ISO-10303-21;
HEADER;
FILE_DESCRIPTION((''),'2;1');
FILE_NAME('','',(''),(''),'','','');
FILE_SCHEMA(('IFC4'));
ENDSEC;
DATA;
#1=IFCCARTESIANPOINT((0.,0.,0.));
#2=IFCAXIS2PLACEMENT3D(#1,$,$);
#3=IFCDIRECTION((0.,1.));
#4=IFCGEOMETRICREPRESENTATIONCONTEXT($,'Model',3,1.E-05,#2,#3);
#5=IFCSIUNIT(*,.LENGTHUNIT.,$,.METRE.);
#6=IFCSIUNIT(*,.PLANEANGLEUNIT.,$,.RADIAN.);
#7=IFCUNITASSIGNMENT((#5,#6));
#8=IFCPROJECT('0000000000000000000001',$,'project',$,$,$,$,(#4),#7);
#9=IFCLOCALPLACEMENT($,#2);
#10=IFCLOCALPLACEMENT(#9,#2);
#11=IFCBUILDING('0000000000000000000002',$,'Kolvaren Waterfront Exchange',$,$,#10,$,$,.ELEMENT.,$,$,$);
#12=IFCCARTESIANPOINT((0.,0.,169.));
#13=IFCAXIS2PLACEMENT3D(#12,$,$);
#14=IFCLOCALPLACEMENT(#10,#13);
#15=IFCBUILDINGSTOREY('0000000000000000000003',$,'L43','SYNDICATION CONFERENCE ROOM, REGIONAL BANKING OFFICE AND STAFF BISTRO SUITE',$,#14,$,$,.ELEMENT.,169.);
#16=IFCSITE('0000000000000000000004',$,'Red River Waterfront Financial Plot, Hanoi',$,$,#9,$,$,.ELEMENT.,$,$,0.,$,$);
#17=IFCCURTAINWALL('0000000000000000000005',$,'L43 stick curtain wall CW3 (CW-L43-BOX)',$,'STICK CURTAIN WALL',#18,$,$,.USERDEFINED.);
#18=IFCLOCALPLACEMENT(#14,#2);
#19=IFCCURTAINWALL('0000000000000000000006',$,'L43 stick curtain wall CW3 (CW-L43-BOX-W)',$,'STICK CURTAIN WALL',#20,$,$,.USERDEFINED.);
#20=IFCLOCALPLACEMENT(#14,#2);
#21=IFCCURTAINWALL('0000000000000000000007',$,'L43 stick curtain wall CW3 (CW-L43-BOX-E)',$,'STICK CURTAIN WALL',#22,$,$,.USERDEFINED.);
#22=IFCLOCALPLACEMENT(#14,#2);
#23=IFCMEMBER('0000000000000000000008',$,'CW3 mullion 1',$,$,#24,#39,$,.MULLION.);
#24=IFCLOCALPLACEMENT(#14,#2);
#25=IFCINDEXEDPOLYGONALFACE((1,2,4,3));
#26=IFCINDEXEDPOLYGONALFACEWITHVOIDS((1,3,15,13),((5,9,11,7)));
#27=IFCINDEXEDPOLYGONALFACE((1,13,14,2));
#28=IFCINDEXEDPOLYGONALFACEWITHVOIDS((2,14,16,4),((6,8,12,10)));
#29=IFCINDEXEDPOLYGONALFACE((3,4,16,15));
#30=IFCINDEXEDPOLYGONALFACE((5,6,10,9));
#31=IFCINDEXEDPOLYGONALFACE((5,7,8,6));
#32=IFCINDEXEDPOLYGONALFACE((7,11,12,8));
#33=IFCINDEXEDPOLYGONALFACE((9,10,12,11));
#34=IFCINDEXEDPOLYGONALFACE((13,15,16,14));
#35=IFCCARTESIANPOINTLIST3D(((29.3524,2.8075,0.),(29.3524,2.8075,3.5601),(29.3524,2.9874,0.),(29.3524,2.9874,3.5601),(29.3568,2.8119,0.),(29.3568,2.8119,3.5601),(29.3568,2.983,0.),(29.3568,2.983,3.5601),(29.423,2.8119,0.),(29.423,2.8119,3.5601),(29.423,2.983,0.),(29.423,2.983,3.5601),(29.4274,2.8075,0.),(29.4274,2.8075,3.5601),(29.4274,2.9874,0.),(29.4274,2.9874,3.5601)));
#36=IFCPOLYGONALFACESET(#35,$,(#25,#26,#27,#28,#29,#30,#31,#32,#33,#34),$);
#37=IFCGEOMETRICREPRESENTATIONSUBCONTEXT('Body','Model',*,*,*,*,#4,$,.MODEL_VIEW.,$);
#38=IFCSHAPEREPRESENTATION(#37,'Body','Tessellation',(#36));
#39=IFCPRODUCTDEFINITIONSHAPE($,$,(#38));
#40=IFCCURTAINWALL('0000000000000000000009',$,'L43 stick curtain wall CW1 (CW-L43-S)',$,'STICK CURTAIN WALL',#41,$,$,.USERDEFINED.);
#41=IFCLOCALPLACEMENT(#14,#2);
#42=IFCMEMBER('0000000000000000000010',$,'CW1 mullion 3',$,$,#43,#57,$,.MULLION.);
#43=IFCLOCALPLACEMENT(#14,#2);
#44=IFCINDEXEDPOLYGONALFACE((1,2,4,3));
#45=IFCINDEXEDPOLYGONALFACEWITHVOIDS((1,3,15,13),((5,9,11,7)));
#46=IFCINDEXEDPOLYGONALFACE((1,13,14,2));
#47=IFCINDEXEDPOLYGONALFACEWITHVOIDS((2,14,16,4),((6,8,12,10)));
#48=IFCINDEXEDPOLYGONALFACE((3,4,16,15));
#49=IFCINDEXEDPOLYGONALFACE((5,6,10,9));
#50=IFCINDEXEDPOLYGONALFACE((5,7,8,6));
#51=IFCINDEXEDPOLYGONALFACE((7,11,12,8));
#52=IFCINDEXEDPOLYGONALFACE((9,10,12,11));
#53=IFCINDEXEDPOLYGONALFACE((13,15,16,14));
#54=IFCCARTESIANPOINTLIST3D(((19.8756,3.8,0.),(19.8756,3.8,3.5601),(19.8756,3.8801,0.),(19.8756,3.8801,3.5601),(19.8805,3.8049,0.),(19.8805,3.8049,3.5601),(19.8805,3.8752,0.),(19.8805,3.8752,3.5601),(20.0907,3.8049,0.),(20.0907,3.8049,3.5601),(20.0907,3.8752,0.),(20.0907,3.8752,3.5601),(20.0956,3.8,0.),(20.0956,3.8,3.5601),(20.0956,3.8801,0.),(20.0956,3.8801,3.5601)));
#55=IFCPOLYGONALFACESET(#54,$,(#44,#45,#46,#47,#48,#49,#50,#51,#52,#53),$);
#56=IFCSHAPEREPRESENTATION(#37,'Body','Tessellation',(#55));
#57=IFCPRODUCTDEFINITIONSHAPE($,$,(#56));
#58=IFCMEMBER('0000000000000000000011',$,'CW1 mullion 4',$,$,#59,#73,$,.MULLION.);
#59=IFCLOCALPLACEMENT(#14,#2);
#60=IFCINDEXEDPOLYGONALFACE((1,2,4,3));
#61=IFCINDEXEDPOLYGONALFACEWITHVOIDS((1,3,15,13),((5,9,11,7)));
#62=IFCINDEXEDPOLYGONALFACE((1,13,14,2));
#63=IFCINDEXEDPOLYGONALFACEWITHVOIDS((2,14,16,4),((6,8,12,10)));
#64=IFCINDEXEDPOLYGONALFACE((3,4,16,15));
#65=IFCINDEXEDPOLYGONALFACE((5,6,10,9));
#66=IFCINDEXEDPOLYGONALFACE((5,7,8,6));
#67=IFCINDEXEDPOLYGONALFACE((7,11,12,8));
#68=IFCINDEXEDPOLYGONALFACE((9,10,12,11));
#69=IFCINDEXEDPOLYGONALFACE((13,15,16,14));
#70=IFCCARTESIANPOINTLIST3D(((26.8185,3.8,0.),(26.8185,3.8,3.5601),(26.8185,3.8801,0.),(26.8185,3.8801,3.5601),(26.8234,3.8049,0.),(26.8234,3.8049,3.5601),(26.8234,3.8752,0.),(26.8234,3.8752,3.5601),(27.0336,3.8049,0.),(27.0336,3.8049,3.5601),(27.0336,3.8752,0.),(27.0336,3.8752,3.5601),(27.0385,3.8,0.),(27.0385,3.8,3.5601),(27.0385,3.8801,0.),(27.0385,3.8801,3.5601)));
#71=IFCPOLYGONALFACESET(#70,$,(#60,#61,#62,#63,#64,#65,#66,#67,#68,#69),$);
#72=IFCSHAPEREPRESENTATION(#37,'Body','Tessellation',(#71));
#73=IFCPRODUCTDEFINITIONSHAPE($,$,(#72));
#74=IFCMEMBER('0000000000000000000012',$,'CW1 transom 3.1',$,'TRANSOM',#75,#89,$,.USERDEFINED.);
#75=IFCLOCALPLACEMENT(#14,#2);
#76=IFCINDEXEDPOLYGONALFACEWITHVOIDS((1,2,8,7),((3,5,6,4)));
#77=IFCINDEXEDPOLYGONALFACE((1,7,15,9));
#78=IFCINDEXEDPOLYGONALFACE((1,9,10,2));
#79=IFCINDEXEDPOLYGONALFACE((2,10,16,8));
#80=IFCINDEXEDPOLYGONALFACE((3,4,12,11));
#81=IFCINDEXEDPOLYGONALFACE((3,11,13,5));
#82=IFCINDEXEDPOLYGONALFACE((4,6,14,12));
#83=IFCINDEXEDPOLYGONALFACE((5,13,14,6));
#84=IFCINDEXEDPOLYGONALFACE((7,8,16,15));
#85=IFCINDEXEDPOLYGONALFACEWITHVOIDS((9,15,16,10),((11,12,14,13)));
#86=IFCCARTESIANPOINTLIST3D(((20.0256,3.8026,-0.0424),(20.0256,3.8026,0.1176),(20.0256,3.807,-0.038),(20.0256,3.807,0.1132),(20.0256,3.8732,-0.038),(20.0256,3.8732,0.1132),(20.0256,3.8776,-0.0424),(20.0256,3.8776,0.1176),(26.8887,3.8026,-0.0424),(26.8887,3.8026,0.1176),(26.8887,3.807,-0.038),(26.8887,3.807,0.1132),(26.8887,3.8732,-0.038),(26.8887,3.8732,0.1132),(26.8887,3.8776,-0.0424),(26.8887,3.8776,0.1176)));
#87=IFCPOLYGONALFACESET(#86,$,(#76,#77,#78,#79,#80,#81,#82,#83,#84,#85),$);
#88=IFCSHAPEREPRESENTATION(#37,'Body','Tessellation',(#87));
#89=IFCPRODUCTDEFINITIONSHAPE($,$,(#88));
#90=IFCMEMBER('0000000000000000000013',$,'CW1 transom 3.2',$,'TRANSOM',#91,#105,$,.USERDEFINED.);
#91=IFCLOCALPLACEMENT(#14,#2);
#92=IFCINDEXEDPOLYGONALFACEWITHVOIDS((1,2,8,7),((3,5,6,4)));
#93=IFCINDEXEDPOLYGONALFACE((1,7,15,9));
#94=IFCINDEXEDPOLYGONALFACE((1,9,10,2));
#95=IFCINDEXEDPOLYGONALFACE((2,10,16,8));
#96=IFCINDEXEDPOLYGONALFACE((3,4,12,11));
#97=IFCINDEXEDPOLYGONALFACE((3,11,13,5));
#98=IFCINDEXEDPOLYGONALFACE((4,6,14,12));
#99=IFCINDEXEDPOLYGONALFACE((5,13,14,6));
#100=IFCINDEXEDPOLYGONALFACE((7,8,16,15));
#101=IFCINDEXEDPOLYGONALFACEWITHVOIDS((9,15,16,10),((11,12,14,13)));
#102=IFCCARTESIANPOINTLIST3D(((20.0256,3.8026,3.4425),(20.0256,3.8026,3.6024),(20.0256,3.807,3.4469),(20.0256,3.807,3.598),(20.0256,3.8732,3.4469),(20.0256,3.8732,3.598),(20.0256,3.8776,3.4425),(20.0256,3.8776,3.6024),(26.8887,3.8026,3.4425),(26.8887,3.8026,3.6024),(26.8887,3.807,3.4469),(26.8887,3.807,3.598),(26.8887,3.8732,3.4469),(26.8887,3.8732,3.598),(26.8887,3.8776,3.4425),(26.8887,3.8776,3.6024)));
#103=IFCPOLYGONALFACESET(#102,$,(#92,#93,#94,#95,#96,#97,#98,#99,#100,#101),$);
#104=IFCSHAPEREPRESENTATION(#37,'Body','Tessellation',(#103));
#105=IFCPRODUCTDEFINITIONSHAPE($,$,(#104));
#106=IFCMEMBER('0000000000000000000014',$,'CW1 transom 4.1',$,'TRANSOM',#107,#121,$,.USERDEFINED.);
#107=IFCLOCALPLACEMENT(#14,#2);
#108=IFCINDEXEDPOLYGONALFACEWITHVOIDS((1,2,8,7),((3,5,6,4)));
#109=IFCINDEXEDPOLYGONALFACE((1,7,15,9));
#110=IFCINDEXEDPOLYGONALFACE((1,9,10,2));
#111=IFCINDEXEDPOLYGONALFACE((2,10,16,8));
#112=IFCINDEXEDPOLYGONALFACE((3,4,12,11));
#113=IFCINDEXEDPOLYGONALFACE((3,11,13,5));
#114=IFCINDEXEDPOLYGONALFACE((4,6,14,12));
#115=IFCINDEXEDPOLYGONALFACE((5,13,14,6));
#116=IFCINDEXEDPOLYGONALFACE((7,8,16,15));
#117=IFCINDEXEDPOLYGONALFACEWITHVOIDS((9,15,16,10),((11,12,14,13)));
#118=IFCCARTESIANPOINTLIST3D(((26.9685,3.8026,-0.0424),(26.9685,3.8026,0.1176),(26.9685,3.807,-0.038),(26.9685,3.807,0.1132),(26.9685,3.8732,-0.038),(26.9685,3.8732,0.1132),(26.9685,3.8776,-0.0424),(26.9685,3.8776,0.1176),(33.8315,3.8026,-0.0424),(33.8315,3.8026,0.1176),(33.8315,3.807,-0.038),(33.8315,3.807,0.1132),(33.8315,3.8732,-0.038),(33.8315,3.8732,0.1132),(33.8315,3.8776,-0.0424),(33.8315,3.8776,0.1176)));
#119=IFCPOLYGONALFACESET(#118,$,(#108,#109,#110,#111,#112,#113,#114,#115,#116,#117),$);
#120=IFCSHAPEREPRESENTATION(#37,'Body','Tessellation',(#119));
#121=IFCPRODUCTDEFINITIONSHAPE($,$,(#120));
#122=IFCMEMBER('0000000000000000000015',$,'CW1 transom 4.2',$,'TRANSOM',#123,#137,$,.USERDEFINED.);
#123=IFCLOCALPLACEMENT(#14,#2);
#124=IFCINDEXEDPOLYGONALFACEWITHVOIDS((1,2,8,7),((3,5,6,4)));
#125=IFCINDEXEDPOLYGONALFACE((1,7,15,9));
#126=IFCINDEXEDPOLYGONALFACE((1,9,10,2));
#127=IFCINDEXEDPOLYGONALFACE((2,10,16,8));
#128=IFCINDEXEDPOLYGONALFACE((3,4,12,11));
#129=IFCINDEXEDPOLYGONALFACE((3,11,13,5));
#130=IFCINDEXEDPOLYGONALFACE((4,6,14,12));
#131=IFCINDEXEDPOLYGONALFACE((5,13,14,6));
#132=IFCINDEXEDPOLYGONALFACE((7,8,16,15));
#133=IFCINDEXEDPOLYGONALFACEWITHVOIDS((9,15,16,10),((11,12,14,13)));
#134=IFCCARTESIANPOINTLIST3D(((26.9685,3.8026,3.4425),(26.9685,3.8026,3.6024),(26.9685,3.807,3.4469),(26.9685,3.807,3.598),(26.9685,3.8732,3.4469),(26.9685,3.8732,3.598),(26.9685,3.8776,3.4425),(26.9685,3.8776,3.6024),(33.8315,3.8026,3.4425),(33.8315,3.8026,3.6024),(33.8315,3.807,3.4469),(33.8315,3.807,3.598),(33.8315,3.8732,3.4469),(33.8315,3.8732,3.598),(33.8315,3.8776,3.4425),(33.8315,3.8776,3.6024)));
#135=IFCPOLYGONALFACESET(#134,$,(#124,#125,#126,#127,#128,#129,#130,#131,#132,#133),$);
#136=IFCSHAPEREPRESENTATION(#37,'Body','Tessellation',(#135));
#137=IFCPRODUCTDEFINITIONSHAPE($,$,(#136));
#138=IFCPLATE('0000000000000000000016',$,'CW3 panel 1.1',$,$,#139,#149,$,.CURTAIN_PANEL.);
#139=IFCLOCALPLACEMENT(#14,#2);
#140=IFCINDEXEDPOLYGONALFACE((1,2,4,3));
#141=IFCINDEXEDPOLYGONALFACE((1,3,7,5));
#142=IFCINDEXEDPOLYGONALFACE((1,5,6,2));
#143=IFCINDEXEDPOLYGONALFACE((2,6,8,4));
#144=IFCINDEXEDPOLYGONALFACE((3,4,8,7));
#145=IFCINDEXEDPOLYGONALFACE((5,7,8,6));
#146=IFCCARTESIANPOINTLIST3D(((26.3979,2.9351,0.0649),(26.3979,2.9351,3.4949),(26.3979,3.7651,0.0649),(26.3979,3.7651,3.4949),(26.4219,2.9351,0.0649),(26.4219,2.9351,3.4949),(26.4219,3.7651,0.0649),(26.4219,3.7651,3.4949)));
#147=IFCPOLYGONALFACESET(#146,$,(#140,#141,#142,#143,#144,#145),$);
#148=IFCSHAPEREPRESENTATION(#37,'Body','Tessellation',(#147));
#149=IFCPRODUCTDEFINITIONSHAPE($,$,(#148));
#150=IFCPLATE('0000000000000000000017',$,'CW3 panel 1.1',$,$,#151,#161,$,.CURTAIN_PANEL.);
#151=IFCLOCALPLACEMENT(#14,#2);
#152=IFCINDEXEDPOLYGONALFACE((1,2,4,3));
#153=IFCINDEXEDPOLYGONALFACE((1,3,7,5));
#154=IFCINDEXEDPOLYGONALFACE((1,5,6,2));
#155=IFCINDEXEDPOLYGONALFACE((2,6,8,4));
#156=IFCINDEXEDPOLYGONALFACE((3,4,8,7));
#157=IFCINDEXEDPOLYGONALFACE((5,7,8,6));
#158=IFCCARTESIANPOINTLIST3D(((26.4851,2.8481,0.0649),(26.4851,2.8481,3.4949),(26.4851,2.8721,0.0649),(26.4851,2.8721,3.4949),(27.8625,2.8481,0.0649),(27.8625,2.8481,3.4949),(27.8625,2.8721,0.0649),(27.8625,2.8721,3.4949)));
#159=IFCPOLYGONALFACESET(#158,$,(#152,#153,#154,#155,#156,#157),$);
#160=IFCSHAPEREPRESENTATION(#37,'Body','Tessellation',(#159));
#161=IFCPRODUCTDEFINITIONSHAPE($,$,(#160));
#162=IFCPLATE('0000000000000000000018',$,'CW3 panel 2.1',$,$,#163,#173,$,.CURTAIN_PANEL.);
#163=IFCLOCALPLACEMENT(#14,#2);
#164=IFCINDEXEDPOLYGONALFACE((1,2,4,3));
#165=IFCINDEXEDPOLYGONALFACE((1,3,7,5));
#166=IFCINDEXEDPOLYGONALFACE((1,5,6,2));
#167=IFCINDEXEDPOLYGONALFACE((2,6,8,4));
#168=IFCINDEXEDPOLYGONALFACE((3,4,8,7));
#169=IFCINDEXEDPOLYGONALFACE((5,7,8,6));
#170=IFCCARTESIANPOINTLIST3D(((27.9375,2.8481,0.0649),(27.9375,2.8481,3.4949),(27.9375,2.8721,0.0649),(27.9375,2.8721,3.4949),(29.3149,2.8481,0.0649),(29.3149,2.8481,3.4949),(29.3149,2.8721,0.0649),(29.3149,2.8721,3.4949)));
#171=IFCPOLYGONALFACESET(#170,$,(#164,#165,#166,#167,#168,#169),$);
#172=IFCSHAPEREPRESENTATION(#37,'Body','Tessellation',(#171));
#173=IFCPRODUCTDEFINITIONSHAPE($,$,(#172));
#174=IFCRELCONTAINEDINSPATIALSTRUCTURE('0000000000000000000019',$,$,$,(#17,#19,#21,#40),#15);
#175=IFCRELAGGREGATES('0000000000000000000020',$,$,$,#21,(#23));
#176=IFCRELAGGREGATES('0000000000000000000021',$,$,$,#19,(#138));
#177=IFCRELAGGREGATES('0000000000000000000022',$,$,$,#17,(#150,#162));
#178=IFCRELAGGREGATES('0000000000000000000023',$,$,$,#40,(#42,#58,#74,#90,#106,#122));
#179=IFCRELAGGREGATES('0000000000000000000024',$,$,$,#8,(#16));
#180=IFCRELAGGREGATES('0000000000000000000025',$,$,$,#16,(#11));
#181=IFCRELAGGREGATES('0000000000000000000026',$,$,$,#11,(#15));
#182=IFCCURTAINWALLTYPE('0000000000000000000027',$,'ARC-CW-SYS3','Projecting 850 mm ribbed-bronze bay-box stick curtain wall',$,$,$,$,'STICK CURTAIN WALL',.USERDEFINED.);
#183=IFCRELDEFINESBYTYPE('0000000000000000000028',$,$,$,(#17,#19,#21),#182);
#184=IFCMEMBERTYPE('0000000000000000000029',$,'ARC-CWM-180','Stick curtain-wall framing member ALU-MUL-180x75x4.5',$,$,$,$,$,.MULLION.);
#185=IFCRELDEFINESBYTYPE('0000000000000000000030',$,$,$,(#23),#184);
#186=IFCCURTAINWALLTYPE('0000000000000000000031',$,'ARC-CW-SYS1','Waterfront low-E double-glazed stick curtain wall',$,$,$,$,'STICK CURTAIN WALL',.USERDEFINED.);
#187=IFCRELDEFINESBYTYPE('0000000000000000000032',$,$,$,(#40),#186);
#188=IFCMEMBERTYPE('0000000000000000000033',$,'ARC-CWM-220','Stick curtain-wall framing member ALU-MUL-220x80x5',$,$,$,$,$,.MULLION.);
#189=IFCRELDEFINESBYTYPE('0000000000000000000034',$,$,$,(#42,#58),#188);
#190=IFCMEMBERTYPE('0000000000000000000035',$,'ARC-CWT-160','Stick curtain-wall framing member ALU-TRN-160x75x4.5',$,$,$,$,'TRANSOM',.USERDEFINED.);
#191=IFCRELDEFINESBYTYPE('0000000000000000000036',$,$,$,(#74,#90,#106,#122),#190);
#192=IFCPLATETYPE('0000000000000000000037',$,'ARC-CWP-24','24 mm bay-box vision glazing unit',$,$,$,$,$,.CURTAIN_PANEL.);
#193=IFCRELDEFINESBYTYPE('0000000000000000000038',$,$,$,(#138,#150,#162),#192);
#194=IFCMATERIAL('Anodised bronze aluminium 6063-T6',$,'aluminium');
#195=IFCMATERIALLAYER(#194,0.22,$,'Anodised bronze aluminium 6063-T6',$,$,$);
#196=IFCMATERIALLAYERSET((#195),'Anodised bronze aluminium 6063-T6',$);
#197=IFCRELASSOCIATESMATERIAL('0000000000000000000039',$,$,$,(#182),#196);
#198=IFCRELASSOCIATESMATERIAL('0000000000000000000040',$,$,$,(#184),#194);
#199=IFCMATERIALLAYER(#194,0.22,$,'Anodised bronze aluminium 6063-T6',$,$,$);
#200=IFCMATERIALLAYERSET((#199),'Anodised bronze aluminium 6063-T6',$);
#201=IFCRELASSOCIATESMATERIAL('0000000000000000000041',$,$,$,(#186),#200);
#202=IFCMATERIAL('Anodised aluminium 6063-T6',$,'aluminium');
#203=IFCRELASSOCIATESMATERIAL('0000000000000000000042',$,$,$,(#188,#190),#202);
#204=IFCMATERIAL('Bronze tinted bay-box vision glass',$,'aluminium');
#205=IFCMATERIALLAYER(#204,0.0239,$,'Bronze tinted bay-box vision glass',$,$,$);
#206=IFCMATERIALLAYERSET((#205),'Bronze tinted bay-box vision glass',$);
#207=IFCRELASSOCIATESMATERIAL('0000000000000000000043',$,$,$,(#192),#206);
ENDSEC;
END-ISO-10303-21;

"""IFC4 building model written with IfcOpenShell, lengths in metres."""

from ifc_helpers import new_model, si_unit, direction, frame, origin, origin_with_axes, origin_2d, place, context, subcontext, project, spatial, rectangle, hollow_rectangle, extrude, source, transform, mapped, material, layer, layer_set, material_profile, profile_set, type_object, element, aggregate, save


model = new_model("IFC4")

# Units and contexts
model_context = context("Model", 3, precision=1e-05, world=origin(), true_north=direction((0.0, 1.0)))
body_context = subcontext(model_context, "Body", "Model", "MODEL_VIEW")
ifc_project = project(units=[si_unit("LENGTHUNIT", "METRE"), si_unit("PLANEANGLEUNIT", "RADIAN")], contexts=[model_context])

# Site, building, storey
site_placement = place(None, origin())
site = spatial("IfcSite", under=ifc_project, at=site_placement, Name="Red River Waterfront Financial Plot, Hanoi", CompositionType="ELEMENT", RefElevation=0.0)
building_placement = place(site_placement, origin())
building = spatial("IfcBuilding", under=site, at=building_placement, Name="Kolvaren Waterfront Exchange", CompositionType="ELEMENT")
storey_placement = place(building_placement, frame((0.0, 0.0, 169.0)))
storey = spatial("IfcBuildingStorey", under=building, at=storey_placement, Name="L43", Description="SYNDICATION CONFERENCE ROOM, REGIONAL BANKING OFFICE AND STAFF BISTRO SUITE", CompositionType="ELEMENT", Elevation=169.0)

# Curtain walls
ifc_material_1 = material(Name="Anodised bronze aluminium 6063-T6", Category="aluminium")
ifc_layer_1 = layer(ifc_material_1, 0.22, Name="Anodised bronze aluminium 6063-T6")
ifc_layer_set_1 = layer_set([ifc_layer_1], Name="Anodised bronze aluminium 6063-T6")
curtain_wall_type_1 = type_object("IfcCurtainWallType", Name="ARC-CW-SYS3", Description="Projecting 850 mm ribbed-bronze bay-box stick curtain wall", ElementType="STICK CURTAIN WALL", PredefinedType="USERDEFINED", material=ifc_layer_set_1)
curtain_wall_1_placement = place(storey_placement, origin())
curtain_wall_1 = element("IfcCurtainWall", 1, at=curtain_wall_1_placement, inside=storey, type_object=curtain_wall_type_1, Name="L43 stick curtain wall CW3 (CW-L43-BOX)", ObjectType="STICK CURTAIN WALL", PredefinedType="USERDEFINED")
curtain_wall_2_placement = place(storey_placement, origin())
curtain_wall_2 = element("IfcCurtainWall", 2, at=curtain_wall_2_placement, inside=storey, type_object=curtain_wall_type_1, Name="L43 stick curtain wall CW3 (CW-L43-BOX-W)", ObjectType="STICK CURTAIN WALL", PredefinedType="USERDEFINED")

# Curtain wall
curtain_wall_3_placement = place(storey_placement, origin())
curtain_wall_3 = element("IfcCurtainWall", 3, at=curtain_wall_3_placement, inside=storey, type_object=curtain_wall_type_1, Name="L43 stick curtain wall CW3 (CW-L43-BOX-E)", ObjectType="STICK CURTAIN WALL", PredefinedType="USERDEFINED")

# Member
ifc_material_profile_1 = material_profile(ifc_material_1, hollow_rectangle(XDim=0.075, YDim=0.1799, WallThickness=0.0044, at=origin_2d()), Name="ALU-MUL-180x75x4.5")
ifc_profile_set_1 = profile_set([ifc_material_profile_1], Name="Anodised bronze aluminium 6063-T6")
member_type_1 = type_object("IfcMemberType", Name="ARC-CWM-180", Description="Stick curtain-wall framing member ALU-MUL-180x75x4.5", PredefinedType="MULLION", material=ifc_profile_set_1)
shared_shape_1 = source(origin_with_axes(), body_context, "Body", "SweptSolid", [
    extrude(hollow_rectangle(XDim=0.075, YDim=0.1799, WallThickness=0.0044, at=origin_2d()), origin(), (0.0, 0.0, 1.0), 3.5601),
])
member_1_placement = place(storey_placement, frame((29.3899, 2.8975, 0.0), z_axis=(0.0, 0.0, 1.0), x_axis=(-1.0, 0.0, 0.0)))
member_1 = element("IfcMember", 4, at=member_1_placement, type_object=member_type_1, Name="CW3 mullion 1", PredefinedType="MULLION", context=body_context, shape_type="MappedRepresentation", body=[
    mapped(shared_shape_1, transform((0.0, 0.0, 0.0), x_axis=(1.0, 0.0, 0.0), y_axis=(0.0, 1.0, 0.0), z_axis=(0.0, 0.0, 1.0), scale=1.0)),
])
aggregate(curtain_wall_3, [member_1])

# Curtain wall, members
ifc_layer_2 = layer(ifc_material_1, 0.22, Name="Anodised bronze aluminium 6063-T6")
ifc_layer_set_2 = layer_set([ifc_layer_2], Name="Anodised bronze aluminium 6063-T6")
curtain_wall_type_2 = type_object("IfcCurtainWallType", Name="ARC-CW-SYS1", Description="Waterfront low-E double-glazed stick curtain wall", ElementType="STICK CURTAIN WALL", PredefinedType="USERDEFINED", material=ifc_layer_set_2)
curtain_wall_4_placement = place(storey_placement, origin())
curtain_wall_4 = element("IfcCurtainWall", 5, at=curtain_wall_4_placement, inside=storey, type_object=curtain_wall_type_2, Name="L43 stick curtain wall CW1 (CW-L43-S)", ObjectType="STICK CURTAIN WALL", PredefinedType="USERDEFINED")
ifc_material_2 = material(Name="Anodised aluminium 6063-T6", Category="aluminium")
ifc_material_profile_2 = material_profile(ifc_material_2, hollow_rectangle(XDim=0.0801, YDim=0.22, WallThickness=0.0049, at=origin_2d()), Name="ALU-MUL-220x80x5")
ifc_profile_set_2 = profile_set([ifc_material_profile_2], Name="Anodised aluminium 6063-T6")
member_type_2 = type_object("IfcMemberType", Name="ARC-CWM-220", Description="Stick curtain-wall framing member ALU-MUL-220x80x5", PredefinedType="MULLION", material=ifc_profile_set_2)
shared_shape_2 = source(origin_with_axes(), body_context, "Body", "SweptSolid", [
    extrude(hollow_rectangle(XDim=0.0801, YDim=0.22, WallThickness=0.0049, at=origin_2d()), origin(), (0.0, 0.0, 1.0), 3.5601),
])
member_2_placement = place(storey_placement, frame((19.9856, 3.8401, 0.0), z_axis=(0.0, 0.0, 1.0), x_axis=(0.0, 1.0, 0.0)))
member_2 = element("IfcMember", 6, at=member_2_placement, type_object=member_type_2, Name="CW1 mullion 3", PredefinedType="MULLION", context=body_context, shape_type="MappedRepresentation", body=[
    mapped(shared_shape_2, transform((0.0, 0.0, 0.0), x_axis=(1.0, 0.0, 0.0), y_axis=(0.0, 1.0, 0.0), z_axis=(0.0, 0.0, 1.0), scale=1.0)),
])
member_3_placement = place(storey_placement, frame((26.9285, 3.8401, 0.0), z_axis=(0.0, 0.0, 1.0), x_axis=(0.0, 1.0, 0.0)))
member_3 = element("IfcMember", 7, at=member_3_placement, type_object=member_type_2, Name="CW1 mullion 4", PredefinedType="MULLION", context=body_context, shape_type="MappedRepresentation", body=[
    mapped(shared_shape_2, transform((0.0, 0.0, 0.0), x_axis=(1.0, 0.0, 0.0), y_axis=(0.0, 1.0, 0.0), z_axis=(0.0, 0.0, 1.0), scale=1.0)),
])
ifc_material_profile_3 = material_profile(ifc_material_2, hollow_rectangle(XDim=0.075, YDim=0.1599, WallThickness=0.0044, at=origin_2d()), Name="ALU-TRN-160x75x4.5")
ifc_profile_set_3 = profile_set([ifc_material_profile_3], Name="Anodised aluminium 6063-T6")
member_type_3 = type_object("IfcMemberType", Name="ARC-CWT-160", Description="Stick curtain-wall framing member ALU-TRN-160x75x4.5", ElementType="TRANSOM", PredefinedType="USERDEFINED", material=ifc_profile_set_3)
shared_shape_3 = source(origin_with_axes(), body_context, "Body", "SweptSolid", [
    extrude(hollow_rectangle(XDim=0.075, YDim=0.1599, WallThickness=0.0044, at=origin_2d()), origin(), (0.0, 0.0, 1.0), 6.863),
])
member_4_placement = place(storey_placement, frame((20.0256, 3.8401, 0.0376), z_axis=(1.0, 0.0, 0.0), x_axis=(0.0, 1.0, 0.0)))
member_4 = element("IfcMember", 8, at=member_4_placement, type_object=member_type_3, Name="CW1 transom 3.1", ObjectType="TRANSOM", PredefinedType="USERDEFINED", context=body_context, shape_type="MappedRepresentation", body=[
    mapped(shared_shape_3, transform((0.0, 0.0, 0.0), x_axis=(1.0, 0.0, 0.0), y_axis=(0.0, 1.0, 0.0), z_axis=(0.0, 0.0, 1.0), scale=1.0)),
])
member_5_placement = place(storey_placement, frame((20.0256, 3.8401, 3.5225), z_axis=(1.0, 0.0, 0.0), x_axis=(0.0, 1.0, 0.0)))
member_5 = element("IfcMember", 9, at=member_5_placement, type_object=member_type_3, Name="CW1 transom 3.2", ObjectType="TRANSOM", PredefinedType="USERDEFINED", context=body_context, shape_type="MappedRepresentation", body=[
    mapped(shared_shape_3, transform((0.0, 0.0, 0.0), x_axis=(1.0, 0.0, 0.0), y_axis=(0.0, 1.0, 0.0), z_axis=(0.0, 0.0, 1.0), scale=1.0)),
])
member_6_placement = place(storey_placement, frame((26.9685, 3.8401, 0.0376), z_axis=(1.0, 0.0, 0.0), x_axis=(0.0, 1.0, 0.0)))
member_6 = element("IfcMember", 10, at=member_6_placement, type_object=member_type_3, Name="CW1 transom 4.1", ObjectType="TRANSOM", PredefinedType="USERDEFINED", context=body_context, shape_type="MappedRepresentation", body=[
    mapped(shared_shape_3, transform((0.0, 0.0, 0.0), x_axis=(1.0, 0.0, 0.0), y_axis=(0.0, 1.0, 0.0), z_axis=(0.0, 0.0, 1.0), scale=1.0)),
])
member_7_placement = place(storey_placement, frame((26.9685, 3.8401, 3.5225), z_axis=(1.0, 0.0, 0.0), x_axis=(0.0, 1.0, 0.0)))
member_7 = element("IfcMember", 11, at=member_7_placement, type_object=member_type_3, Name="CW1 transom 4.2", ObjectType="TRANSOM", PredefinedType="USERDEFINED", context=body_context, shape_type="MappedRepresentation", body=[
    mapped(shared_shape_3, transform((0.0, 0.0, 0.0), x_axis=(1.0, 0.0, 0.0), y_axis=(0.0, 1.0, 0.0), z_axis=(0.0, 0.0, 1.0), scale=1.0)),
])

# Plates
ifc_material_3 = material(Name="Bronze tinted bay-box vision glass", Category="aluminium")
ifc_layer_3 = layer(ifc_material_3, 0.0239, Name="Bronze tinted bay-box vision glass")
ifc_layer_set_3 = layer_set([ifc_layer_3], Name="Bronze tinted bay-box vision glass")
plate_type_1 = type_object("IfcPlateType", Name="ARC-CWP-24", Description="24 mm bay-box vision glazing unit", PredefinedType="CURTAIN_PANEL", material=ifc_layer_set_3)
shared_shape_4 = source(origin_with_axes(), body_context, "Body", "SweptSolid", [
    extrude(rectangle(XDim=0.8301, YDim=0.0239, at=origin_2d()), origin(), (0.0, 0.0, 1.0), 3.4299),
])
plate_1_placement = place(storey_placement, frame((26.4099, 3.3501, 0.0649), z_axis=(0.0, 0.0, 1.0), x_axis=(0.0, -1.0, 0.0)))
plate_1 = element("IfcPlate", 12, at=plate_1_placement, type_object=plate_type_1, Name="CW3 panel 1.1", PredefinedType="CURTAIN_PANEL", context=body_context, shape_type="MappedRepresentation", body=[
    mapped(shared_shape_4, transform((0.0, 0.0, 0.0), x_axis=(1.0, 0.0, 0.0), y_axis=(0.0, 1.0, 0.0), z_axis=(0.0, 0.0, 1.0), scale=1.0)),
])
aggregate(curtain_wall_2, [plate_1])
shared_shape_5 = source(origin_with_axes(), body_context, "Body", "SweptSolid", [
    extrude(rectangle(XDim=1.3774, YDim=0.0239, at=origin_2d()), origin(), (0.0, 0.0, 1.0), 3.4299),
])
plate_2_placement = place(storey_placement, frame((27.1738, 2.8601, 0.0649), z_axis=(0.0, 0.0, 1.0), x_axis=(1.0, 0.0, 0.0)))
plate_2 = element("IfcPlate", 13, at=plate_2_placement, type_object=plate_type_1, Name="CW3 panel 1.1", PredefinedType="CURTAIN_PANEL", context=body_context, shape_type="MappedRepresentation", body=[
    mapped(shared_shape_5, transform((0.0, 0.0, 0.0), x_axis=(1.0, 0.0, 0.0), y_axis=(0.0, 1.0, 0.0), z_axis=(0.0, 0.0, 1.0), scale=1.0)),
])
plate_3_placement = place(storey_placement, frame((28.6262, 2.8601, 0.0649), z_axis=(0.0, 0.0, 1.0), x_axis=(1.0, 0.0, 0.0)))
plate_3 = element("IfcPlate", 14, at=plate_3_placement, type_object=plate_type_1, Name="CW3 panel 2.1", PredefinedType="CURTAIN_PANEL", context=body_context, shape_type="MappedRepresentation", body=[
    mapped(shared_shape_5, transform((0.0, 0.0, 0.0), x_axis=(1.0, 0.0, 0.0), y_axis=(0.0, 1.0, 0.0), z_axis=(0.0, 0.0, 1.0), scale=1.0)),
])
aggregate(curtain_wall_1, [plate_2, plate_3])
aggregate(curtain_wall_4, [member_2, member_3, member_4, member_5, member_6, member_7])

save(model, "model.ifc")
